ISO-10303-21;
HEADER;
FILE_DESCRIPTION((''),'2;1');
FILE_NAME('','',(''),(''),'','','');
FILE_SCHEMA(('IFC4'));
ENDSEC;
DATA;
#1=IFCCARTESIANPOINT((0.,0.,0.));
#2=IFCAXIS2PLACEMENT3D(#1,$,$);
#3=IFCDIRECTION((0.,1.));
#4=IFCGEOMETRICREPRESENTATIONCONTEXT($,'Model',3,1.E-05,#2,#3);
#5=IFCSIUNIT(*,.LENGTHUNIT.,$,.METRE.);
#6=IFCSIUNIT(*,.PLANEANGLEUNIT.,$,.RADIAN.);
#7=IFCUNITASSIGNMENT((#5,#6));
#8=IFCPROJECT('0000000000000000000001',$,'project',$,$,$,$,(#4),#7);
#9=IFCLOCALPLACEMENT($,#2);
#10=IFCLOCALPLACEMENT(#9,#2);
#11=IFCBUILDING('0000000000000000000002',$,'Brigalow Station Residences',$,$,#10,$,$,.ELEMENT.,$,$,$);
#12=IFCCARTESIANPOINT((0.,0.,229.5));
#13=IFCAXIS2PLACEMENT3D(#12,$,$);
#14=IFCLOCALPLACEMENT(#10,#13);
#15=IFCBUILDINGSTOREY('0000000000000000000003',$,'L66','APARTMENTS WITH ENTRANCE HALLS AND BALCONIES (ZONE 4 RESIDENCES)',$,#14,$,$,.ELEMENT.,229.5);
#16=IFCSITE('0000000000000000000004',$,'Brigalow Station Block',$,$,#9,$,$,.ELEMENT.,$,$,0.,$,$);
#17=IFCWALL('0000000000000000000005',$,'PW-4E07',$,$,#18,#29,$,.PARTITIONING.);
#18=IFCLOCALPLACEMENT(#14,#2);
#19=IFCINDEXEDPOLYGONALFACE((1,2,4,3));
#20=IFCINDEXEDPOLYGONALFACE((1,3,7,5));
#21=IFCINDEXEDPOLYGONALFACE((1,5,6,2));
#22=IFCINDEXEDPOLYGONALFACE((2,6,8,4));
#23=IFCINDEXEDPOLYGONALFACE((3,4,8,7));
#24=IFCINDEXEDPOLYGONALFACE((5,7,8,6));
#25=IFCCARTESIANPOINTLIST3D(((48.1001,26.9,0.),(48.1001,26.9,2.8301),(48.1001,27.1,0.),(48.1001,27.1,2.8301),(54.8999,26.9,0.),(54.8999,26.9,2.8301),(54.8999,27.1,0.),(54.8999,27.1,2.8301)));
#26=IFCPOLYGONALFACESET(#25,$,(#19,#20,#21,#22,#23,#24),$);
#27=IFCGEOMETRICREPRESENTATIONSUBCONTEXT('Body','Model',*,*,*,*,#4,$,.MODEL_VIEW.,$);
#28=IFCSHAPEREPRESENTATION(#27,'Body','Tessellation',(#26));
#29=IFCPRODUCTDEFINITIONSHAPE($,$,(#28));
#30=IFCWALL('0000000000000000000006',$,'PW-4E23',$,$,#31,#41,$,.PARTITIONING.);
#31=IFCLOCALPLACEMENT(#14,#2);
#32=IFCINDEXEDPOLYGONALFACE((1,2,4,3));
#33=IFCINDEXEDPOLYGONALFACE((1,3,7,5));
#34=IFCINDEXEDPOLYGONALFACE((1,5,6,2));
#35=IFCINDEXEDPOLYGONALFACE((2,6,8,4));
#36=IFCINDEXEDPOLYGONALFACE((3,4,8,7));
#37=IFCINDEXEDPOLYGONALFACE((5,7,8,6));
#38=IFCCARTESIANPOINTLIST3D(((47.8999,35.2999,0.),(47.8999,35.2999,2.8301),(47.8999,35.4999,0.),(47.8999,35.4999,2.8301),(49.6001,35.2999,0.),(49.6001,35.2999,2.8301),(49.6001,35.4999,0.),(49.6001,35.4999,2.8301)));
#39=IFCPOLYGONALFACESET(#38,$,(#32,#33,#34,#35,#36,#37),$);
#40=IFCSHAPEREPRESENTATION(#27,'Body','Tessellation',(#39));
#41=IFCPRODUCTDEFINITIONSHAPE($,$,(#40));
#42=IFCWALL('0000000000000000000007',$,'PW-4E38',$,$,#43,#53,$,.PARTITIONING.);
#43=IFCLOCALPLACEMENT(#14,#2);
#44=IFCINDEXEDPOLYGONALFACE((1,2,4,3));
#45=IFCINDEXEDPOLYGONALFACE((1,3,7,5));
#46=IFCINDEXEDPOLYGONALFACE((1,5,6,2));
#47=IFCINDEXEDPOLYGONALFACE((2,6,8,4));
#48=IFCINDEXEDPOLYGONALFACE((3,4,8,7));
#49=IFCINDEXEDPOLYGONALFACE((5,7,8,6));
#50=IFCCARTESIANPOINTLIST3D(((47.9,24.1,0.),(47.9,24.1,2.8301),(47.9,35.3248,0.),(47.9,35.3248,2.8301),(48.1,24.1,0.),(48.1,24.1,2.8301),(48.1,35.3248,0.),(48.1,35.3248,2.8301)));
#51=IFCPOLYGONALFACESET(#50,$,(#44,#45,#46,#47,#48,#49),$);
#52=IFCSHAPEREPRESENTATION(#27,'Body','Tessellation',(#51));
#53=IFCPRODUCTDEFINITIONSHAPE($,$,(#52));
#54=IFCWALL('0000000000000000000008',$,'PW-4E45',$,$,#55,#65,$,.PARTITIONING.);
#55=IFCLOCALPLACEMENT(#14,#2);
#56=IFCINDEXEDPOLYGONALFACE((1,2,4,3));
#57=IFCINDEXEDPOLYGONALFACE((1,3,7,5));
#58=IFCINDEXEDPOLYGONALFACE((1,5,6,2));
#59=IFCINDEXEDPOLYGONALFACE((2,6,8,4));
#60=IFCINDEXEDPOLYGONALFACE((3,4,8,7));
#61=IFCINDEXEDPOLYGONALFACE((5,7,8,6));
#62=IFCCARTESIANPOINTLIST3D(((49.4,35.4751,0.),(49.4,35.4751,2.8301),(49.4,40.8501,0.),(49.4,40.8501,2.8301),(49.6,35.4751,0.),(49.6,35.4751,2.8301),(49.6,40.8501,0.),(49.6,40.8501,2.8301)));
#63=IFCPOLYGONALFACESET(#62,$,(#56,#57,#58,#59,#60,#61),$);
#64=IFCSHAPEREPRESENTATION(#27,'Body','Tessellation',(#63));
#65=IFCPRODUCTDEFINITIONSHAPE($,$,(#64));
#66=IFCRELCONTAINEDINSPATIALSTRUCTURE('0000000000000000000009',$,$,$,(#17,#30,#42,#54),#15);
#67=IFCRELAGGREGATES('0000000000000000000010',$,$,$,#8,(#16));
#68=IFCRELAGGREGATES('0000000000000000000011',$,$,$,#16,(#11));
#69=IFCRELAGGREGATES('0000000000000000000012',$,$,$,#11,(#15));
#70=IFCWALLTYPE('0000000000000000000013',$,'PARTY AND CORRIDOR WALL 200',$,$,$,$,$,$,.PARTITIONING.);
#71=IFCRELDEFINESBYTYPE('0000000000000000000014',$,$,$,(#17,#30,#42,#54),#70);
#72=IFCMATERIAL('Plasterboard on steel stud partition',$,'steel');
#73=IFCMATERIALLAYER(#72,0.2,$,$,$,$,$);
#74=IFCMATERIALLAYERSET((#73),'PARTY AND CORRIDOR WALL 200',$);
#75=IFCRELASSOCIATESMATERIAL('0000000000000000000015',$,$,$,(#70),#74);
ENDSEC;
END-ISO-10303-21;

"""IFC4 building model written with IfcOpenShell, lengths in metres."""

from ifc_helpers import new_model, si_unit, direction, frame, frame_2d, origin, place, context, subcontext, project, spatial, rectangle, extrude, material, layer, layer_set, type_object, element, save


model = new_model("IFC4")

# Units and contexts
model_context = context("Model", 3, precision=1e-05, world=origin(), true_north=direction((0.0, 1.0)))
body_context = subcontext(model_context, "Body", "Model", "MODEL_VIEW")
ifc_project = project(units=[si_unit("LENGTHUNIT", "METRE"), si_unit("PLANEANGLEUNIT", "RADIAN")], contexts=[model_context])

# Site, building, storey
site_placement = place(None, origin())
site = spatial("IfcSite", under=ifc_project, at=site_placement, Name="Brigalow Station Block", CompositionType="ELEMENT", RefElevation=0.0)
building_placement = place(site_placement, origin())
building = spatial("IfcBuilding", under=site, at=building_placement, Name="Brigalow Station Residences", CompositionType="ELEMENT")
storey_placement = place(building_placement, frame((0.0, 0.0, 229.5)))
storey = spatial("IfcBuildingStorey", under=building, at=storey_placement, Name="L66", Description="APARTMENTS WITH ENTRANCE HALLS AND BALCONIES (ZONE 4 RESIDENCES)", CompositionType="ELEMENT", Elevation=229.5)

# Walls
ifc_material_1 = material(Name="Plasterboard on steel stud partition", Category="steel")
ifc_layer_1 = layer(ifc_material_1, 0.2)
ifc_layer_set_1 = layer_set([ifc_layer_1], Name="PARTY AND CORRIDOR WALL 200")
wall_type_1 = type_object("IfcWallType", Name="PARTY AND CORRIDOR WALL 200", PredefinedType="PARTITIONING", material=ifc_layer_set_1)
wall_1_placement = place(storey_placement, frame((48.1001, 27.0, 0.0), z_axis=(0.0, 0.0, 1.0), x_axis=(1.0, 0.0, 0.0)))
element("IfcWall", 1, at=wall_1_placement, inside=storey, type_object=wall_type_1, Name="PW-4E07", PredefinedType="PARTITIONING", context=body_context, shape_type="SweptSolid", body=[
    extrude(rectangle(XDim=6.7998, YDim=0.2, at=frame_2d((3.3999, 0.0))), origin(), (0.0, 0.0, 1.0), 2.8301),
])
wall_2_placement = place(storey_placement, frame((47.8999, 35.3999, 0.0), z_axis=(0.0, 0.0, 1.0), x_axis=(1.0, 0.0, 0.0)))
element("IfcWall", 2, at=wall_2_placement, inside=storey, type_object=wall_type_1, Name="PW-4E23", PredefinedType="PARTITIONING", context=body_context, shape_type="SweptSolid", body=[
    extrude(rectangle(XDim=1.7002, YDim=0.2, at=frame_2d((0.8501, 0.0))), origin(), (0.0, 0.0, 1.0), 2.8301),
])
wall_3_placement = place(storey_placement, frame((48.0, 24.1001, 0.0), z_axis=(0.0, 0.0, 1.0), x_axis=(0.0, 1.0, 0.0)))
element("IfcWall", 3, at=wall_3_placement, inside=storey, type_object=wall_type_1, Name="PW-4E38", PredefinedType="PARTITIONING", context=body_context, shape_type="SweptSolid", body=[
    extrude(rectangle(XDim=11.2249, YDim=0.2, at=frame_2d((5.6123, 0.0))), origin(), (0.0, 0.0, 1.0), 2.8301),
])
wall_4_placement = place(storey_placement, frame((49.5, 35.4751, 0.0), z_axis=(0.0, 0.0, 1.0), x_axis=(0.0, 1.0, 0.0)))
element("IfcWall", 4, at=wall_4_placement, inside=storey, type_object=wall_type_1, Name="PW-4E45", PredefinedType="PARTITIONING", context=body_context, shape_type="SweptSolid", body=[
    extrude(rectangle(XDim=5.375, YDim=0.2, at=frame_2d((2.6875, 0.0))), origin(), (0.0, 0.0, 1.0), 2.8301),
])

save(model, "model.ifc")
